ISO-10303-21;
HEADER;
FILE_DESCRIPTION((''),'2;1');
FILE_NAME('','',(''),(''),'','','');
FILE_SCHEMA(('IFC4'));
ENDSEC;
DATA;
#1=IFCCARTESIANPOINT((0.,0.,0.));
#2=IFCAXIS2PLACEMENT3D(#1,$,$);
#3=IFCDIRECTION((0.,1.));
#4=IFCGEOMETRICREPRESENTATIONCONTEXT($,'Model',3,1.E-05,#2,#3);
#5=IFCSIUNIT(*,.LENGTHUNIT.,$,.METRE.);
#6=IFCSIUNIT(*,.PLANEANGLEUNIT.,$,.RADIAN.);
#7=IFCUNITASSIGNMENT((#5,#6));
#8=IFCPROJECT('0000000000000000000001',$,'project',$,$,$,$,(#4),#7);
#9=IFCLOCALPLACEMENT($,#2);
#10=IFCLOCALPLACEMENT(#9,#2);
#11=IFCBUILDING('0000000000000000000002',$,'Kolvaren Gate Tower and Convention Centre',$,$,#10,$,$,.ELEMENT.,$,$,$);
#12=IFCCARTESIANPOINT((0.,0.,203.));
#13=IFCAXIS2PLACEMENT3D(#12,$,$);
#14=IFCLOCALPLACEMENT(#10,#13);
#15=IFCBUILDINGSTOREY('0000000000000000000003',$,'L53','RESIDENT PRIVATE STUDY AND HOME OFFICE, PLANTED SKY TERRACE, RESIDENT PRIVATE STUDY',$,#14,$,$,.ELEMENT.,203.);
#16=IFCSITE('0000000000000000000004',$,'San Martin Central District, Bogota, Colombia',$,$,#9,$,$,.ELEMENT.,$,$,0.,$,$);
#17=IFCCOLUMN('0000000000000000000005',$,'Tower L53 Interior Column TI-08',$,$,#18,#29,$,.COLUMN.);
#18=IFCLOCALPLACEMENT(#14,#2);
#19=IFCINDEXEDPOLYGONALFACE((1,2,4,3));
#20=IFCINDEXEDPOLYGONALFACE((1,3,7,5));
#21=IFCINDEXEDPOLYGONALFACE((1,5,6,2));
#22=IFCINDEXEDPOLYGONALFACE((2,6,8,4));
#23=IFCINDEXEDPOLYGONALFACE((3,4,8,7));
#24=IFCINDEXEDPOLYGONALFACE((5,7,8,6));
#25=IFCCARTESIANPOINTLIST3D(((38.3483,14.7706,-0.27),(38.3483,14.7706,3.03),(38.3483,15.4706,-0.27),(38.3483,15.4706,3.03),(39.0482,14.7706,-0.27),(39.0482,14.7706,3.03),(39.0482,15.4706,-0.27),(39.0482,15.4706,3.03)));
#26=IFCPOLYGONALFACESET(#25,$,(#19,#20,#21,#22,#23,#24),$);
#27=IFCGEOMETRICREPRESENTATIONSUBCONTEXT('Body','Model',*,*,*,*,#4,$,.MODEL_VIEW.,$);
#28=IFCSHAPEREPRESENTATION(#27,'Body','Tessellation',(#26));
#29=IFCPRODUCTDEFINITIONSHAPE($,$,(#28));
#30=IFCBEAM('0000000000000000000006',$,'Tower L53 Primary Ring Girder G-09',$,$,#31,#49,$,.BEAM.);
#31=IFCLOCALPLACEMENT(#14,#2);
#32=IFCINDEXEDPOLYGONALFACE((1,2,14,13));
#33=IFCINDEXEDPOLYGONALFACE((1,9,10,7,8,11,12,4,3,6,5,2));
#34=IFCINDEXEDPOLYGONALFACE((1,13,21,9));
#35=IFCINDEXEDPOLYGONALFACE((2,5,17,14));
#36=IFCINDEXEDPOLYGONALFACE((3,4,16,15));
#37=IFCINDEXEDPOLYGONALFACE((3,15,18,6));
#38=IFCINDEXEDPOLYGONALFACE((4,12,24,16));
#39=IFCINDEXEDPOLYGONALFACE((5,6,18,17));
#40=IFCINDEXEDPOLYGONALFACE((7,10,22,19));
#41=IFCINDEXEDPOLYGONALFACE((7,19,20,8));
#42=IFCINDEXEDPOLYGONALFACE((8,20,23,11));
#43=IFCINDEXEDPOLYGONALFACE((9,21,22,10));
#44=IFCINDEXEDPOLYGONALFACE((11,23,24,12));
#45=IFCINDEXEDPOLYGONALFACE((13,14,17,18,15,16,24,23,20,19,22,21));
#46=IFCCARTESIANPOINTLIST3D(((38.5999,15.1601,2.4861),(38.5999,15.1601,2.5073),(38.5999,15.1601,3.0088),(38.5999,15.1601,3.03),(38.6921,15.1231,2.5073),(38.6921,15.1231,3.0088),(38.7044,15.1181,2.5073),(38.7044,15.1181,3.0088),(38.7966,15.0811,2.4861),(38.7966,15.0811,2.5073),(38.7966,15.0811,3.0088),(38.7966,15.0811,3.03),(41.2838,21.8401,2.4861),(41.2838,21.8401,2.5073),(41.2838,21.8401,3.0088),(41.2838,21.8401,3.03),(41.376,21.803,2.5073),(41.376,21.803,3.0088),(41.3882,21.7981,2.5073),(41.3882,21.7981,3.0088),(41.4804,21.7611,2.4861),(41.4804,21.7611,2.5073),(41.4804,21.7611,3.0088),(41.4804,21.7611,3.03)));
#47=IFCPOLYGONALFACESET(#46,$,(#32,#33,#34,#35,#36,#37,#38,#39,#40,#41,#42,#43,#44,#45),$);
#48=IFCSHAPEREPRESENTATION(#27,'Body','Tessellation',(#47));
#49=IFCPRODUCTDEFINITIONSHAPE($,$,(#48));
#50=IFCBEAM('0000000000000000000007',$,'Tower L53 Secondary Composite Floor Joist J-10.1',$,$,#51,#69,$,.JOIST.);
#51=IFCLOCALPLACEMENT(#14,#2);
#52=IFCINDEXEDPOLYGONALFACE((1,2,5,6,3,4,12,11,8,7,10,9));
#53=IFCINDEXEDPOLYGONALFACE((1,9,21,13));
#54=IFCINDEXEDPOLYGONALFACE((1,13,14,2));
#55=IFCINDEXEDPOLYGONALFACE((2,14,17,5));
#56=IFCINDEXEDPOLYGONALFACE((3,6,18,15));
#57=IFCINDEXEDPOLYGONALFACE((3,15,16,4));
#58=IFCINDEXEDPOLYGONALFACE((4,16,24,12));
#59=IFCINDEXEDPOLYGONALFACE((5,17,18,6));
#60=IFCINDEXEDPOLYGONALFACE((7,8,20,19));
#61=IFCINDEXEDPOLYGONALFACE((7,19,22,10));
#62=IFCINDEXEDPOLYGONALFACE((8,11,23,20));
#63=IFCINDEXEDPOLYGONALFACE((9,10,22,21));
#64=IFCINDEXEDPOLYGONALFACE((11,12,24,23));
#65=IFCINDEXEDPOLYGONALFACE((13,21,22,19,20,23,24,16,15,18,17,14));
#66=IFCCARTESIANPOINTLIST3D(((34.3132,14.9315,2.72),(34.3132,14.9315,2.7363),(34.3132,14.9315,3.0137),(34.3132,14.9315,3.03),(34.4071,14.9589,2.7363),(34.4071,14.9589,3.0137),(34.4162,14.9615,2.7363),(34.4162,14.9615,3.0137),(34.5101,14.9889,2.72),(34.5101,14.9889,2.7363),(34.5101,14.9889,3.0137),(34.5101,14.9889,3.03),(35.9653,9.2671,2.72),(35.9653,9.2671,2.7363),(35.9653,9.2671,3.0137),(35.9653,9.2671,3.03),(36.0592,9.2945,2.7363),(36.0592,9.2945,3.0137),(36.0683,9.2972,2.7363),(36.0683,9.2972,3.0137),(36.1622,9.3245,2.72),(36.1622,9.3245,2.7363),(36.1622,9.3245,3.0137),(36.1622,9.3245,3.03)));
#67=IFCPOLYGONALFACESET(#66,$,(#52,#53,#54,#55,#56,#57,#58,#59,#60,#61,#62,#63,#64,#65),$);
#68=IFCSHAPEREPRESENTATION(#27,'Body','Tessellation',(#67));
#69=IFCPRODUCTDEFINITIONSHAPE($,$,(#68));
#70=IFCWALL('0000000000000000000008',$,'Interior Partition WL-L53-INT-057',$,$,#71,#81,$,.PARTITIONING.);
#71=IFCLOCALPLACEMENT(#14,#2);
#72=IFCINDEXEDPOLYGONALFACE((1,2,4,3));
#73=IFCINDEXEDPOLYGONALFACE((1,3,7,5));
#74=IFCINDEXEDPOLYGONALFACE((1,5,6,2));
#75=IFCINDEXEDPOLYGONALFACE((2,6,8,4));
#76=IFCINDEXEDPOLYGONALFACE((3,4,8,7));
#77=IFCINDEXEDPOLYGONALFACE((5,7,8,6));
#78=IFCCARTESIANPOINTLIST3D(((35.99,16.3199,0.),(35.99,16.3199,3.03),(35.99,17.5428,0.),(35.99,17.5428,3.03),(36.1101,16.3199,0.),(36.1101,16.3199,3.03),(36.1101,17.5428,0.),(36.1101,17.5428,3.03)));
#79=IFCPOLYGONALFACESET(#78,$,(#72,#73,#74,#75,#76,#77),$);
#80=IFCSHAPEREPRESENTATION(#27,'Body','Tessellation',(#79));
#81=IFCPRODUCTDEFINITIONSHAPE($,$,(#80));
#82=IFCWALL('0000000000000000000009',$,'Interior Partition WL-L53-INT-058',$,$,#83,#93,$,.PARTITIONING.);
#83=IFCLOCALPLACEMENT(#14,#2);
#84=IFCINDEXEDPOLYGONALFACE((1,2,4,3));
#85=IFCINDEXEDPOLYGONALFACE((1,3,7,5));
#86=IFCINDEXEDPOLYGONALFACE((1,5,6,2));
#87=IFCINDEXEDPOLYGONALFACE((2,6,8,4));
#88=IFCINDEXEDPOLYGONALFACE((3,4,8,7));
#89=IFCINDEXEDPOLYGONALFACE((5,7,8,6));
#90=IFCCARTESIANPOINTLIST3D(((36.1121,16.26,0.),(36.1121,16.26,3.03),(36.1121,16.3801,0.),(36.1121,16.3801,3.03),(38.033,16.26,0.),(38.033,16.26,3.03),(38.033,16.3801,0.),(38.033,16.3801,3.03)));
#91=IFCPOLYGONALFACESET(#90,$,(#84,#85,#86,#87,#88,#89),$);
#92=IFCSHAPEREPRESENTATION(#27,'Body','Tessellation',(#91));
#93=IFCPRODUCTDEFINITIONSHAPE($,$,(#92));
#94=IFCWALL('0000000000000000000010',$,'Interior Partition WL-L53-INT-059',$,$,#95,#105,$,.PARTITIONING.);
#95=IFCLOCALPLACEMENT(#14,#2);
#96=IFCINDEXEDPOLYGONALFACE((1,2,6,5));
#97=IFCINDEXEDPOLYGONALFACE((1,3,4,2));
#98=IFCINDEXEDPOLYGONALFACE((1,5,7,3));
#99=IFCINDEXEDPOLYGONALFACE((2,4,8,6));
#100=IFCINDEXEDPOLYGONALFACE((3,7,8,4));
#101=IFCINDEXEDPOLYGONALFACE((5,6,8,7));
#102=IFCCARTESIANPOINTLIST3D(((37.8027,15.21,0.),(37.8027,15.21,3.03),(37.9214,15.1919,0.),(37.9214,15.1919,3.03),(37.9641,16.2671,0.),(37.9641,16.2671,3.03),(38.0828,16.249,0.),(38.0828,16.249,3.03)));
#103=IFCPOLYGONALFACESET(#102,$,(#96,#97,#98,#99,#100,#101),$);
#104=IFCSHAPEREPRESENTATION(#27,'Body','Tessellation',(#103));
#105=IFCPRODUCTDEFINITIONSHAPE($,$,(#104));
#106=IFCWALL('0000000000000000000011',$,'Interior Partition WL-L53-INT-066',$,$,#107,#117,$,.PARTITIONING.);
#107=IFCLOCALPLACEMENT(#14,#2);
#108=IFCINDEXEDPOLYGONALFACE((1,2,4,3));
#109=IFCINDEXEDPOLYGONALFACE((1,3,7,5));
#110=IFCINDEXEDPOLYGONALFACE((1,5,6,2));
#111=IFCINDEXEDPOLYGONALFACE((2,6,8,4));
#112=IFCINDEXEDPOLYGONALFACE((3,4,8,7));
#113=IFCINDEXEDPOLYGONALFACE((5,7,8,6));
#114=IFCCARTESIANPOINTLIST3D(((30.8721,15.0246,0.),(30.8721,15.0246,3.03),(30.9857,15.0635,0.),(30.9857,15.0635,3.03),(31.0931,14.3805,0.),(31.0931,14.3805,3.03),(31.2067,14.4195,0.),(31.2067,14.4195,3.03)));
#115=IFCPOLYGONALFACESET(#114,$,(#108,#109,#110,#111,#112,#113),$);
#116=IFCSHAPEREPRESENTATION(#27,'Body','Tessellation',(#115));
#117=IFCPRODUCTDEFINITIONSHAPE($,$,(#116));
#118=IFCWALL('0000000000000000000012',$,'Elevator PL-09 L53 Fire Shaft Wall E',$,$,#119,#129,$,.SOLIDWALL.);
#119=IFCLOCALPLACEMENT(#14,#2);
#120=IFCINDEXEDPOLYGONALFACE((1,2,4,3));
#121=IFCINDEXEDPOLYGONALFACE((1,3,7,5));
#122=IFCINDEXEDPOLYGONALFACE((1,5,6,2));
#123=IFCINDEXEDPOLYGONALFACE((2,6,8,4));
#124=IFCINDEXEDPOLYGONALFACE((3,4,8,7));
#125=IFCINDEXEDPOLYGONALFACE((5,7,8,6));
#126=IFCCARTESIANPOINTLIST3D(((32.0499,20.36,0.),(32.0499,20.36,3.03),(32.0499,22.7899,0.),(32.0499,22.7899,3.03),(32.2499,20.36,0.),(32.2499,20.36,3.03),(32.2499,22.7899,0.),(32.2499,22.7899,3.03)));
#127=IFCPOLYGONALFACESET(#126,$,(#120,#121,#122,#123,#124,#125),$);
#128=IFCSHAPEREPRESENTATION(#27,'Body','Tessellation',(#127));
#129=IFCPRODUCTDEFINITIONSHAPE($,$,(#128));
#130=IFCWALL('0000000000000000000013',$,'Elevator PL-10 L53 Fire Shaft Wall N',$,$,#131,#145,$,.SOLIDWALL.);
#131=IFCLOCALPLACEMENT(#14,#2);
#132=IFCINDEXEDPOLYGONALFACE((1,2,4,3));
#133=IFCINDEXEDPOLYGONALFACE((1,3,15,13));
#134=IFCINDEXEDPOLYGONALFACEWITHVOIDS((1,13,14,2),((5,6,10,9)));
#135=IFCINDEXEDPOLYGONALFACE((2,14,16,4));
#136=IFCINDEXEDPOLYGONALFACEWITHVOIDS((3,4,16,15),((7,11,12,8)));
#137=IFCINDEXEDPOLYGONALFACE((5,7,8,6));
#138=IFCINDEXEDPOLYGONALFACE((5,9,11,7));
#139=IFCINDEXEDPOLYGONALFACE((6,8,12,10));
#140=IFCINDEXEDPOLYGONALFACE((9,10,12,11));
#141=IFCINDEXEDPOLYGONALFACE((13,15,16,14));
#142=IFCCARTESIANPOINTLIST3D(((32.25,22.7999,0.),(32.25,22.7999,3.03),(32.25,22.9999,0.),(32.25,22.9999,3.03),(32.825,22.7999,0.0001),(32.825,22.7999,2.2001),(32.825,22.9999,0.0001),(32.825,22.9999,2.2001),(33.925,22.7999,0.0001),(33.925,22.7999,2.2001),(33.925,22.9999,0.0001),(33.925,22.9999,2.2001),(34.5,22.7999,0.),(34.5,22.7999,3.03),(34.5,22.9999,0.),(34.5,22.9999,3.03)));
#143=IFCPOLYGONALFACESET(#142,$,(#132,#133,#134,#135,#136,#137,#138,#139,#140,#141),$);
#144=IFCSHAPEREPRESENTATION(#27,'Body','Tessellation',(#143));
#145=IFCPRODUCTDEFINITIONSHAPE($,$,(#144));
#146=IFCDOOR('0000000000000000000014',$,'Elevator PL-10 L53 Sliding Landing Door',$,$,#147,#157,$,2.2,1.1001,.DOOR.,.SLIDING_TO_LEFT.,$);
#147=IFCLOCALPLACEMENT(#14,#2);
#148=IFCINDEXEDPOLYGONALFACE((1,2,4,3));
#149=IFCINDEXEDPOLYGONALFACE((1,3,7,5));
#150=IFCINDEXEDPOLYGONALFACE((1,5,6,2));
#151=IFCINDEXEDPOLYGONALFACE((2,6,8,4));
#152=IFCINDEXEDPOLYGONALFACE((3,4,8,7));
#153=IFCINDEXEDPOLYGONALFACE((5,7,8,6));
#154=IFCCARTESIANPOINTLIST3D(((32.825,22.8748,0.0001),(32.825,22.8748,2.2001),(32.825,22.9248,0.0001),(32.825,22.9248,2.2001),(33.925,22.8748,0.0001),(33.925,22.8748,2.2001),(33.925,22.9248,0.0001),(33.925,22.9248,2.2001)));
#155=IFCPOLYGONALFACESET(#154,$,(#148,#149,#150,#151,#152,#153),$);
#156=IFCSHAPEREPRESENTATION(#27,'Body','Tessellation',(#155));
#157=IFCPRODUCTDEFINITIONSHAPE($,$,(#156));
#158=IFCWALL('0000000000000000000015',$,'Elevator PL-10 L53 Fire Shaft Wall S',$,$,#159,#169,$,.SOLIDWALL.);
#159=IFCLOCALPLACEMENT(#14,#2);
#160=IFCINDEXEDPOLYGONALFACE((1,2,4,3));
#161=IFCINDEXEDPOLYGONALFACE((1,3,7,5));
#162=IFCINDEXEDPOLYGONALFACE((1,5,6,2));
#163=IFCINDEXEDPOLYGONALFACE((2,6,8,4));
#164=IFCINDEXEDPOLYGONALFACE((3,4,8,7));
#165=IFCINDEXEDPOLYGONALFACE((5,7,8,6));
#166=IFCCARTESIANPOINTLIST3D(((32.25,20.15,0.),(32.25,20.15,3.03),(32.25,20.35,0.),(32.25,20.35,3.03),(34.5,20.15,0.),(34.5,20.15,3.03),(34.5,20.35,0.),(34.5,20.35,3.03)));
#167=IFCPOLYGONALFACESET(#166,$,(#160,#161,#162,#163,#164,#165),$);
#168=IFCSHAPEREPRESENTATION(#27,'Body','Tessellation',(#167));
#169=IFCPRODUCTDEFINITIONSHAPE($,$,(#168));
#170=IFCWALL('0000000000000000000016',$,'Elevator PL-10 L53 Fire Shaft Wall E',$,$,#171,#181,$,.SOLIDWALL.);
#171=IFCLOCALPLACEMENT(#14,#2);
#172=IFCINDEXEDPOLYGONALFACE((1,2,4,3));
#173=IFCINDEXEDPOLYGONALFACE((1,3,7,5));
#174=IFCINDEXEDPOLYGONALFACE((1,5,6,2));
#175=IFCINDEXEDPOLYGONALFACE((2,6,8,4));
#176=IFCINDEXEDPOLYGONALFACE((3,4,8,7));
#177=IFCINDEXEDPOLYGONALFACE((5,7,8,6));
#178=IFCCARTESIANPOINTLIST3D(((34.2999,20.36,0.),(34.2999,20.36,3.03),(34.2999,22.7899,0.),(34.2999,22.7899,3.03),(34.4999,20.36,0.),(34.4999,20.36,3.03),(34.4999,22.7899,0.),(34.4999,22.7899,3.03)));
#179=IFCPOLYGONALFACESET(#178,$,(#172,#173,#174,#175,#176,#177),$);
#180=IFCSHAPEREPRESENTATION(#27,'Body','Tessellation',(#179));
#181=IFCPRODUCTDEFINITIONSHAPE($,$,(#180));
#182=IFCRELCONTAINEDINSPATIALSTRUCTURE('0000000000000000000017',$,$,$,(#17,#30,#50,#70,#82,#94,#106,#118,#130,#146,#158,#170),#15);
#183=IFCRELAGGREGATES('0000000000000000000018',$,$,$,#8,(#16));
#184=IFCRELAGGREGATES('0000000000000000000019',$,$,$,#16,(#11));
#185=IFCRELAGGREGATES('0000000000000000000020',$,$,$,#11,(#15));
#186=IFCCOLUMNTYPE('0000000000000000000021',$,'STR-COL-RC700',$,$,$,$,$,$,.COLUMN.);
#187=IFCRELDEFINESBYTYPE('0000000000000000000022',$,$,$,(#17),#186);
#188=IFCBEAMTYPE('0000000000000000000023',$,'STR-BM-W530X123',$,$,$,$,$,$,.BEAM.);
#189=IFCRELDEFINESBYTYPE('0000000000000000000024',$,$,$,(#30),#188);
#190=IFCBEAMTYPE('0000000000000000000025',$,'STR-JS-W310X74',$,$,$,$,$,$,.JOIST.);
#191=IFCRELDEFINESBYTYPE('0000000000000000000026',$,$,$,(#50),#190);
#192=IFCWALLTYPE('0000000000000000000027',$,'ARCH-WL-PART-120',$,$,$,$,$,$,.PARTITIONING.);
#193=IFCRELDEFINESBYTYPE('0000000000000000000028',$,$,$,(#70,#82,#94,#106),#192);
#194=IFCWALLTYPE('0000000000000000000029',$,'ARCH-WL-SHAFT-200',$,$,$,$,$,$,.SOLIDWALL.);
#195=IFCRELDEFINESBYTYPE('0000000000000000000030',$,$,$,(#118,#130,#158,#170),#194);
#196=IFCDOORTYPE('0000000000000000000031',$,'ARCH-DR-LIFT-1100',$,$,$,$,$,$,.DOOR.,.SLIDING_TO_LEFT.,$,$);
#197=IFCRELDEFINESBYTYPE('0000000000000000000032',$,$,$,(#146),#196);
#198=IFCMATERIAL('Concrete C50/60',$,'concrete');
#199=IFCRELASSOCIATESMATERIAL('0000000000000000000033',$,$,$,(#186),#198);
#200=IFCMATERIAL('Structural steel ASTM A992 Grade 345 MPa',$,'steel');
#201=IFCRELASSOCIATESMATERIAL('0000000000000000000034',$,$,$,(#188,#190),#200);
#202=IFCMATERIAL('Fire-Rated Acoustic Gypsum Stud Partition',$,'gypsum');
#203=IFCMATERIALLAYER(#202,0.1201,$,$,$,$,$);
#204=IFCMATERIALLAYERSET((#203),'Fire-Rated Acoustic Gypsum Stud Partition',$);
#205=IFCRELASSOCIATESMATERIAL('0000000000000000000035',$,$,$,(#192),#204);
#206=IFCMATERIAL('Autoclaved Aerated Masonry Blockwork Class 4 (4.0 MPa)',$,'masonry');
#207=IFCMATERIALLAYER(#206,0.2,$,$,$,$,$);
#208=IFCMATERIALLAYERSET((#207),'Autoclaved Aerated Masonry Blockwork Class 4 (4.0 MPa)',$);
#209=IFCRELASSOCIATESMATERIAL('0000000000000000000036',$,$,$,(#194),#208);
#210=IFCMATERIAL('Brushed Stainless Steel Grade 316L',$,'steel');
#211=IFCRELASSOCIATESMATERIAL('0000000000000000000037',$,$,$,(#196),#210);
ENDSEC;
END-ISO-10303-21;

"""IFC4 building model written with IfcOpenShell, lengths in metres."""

from ifc_helpers import new_model, si_unit, direction, frame, frame_2d, origin, origin_2d, place, context, subcontext, project, spatial, rectangle, i_section, extrude, material, layer, layer_set, material_profile, profile_set, type_object, element, fill, save


model = new_model("IFC4")

# Units and contexts
model_context = context("Model", 3, precision=1e-05, world=origin(), true_north=direction((0.0, 1.0)))
body_context = subcontext(model_context, "Body", "Model", "MODEL_VIEW")
ifc_project = project(units=[si_unit("LENGTHUNIT", "METRE"), si_unit("PLANEANGLEUNIT", "RADIAN")], contexts=[model_context])

# Site, building, storey
site_placement = place(None, origin())
site = spatial("IfcSite", under=ifc_project, at=site_placement, Name="San Martin Central District, Bogota, Colombia", CompositionType="ELEMENT", RefElevation=0.0)
building_placement = place(site_placement, origin())
building = spatial("IfcBuilding", under=site, at=building_placement, Name="Kolvaren Gate Tower and Convention Centre", CompositionType="ELEMENT")
storey_placement = place(building_placement, frame((0.0, 0.0, 203.0)))
storey = spatial("IfcBuildingStorey", under=building, at=storey_placement, Name="L53", Description="RESIDENT PRIVATE STUDY AND HOME OFFICE, PLANTED SKY TERRACE, RESIDENT PRIVATE STUDY", CompositionType="ELEMENT", Elevation=203.0)

# Column
ifc_material_1 = material(Name="Concrete C50/60", Category="concrete")
ifc_material_profile_1 = material_profile(ifc_material_1, rectangle(XDim=0.7, YDim=0.7, at=origin_2d()), Name="RC-COL-700X700")
ifc_profile_set_1 = profile_set([ifc_material_profile_1], Name="Concrete C50/60")
column_type = type_object("IfcColumnType", Name="STR-COL-RC700", PredefinedType="COLUMN", material=ifc_profile_set_1)
column_placement = place(storey_placement, frame((38.6982, 15.1206, -0.27), z_axis=(0.0, 0.0, 1.0), x_axis=(1.0, 0.0, 0.0)))
element("IfcColumn", 1, at=column_placement, inside=storey, type_object=column_type, Name="Tower L53 Interior Column TI-08", PredefinedType="COLUMN", context=body_context, shape_type="SweptSolid", body=[
    extrude(rectangle(XDim=0.7, YDim=0.7, at=origin_2d()), origin(), (0.0, 0.0, 1.0), 3.3),
])

# Beams
ifc_material_2 = material(Name="Structural steel ASTM A992 Grade 345 MPa", Category="steel")
ifc_material_profile_2 = material_profile(ifc_material_2, i_section(OverallWidth=0.2119, OverallDepth=0.5439, WebThickness=0.0132, FlangeThickness=0.0212, at=origin_2d()), Name="W530X123")
ifc_profile_set_2 = profile_set([ifc_material_profile_2], Name="Structural steel ASTM A992 Grade 345 MPa")
beam_type_1 = type_object("IfcBeamType", Name="STR-BM-W530X123", PredefinedType="BEAM", material=ifc_profile_set_2)
beam_1_placement = place(storey_placement, frame((38.6982, 15.1206, 2.7581), z_axis=(0.372811, 0.927907, 0.0), x_axis=(-0.927907, 0.372811, 0.0)))
element("IfcBeam", 2, at=beam_1_placement, inside=storey, type_object=beam_type_1, Name="Tower L53 Primary Ring Girder G-09", PredefinedType="BEAM", context=body_context, shape_type="SweptSolid", body=[
    extrude(i_section(OverallWidth=0.2119, OverallDepth=0.5439, WebThickness=0.0132, FlangeThickness=0.0212, at=origin_2d()), origin(), (0.0, 0.0, 1.0), 7.199),
])
ifc_material_profile_3 = material_profile(ifc_material_2, i_section(OverallWidth=0.2051, OverallDepth=0.3101, WebThickness=0.0095, FlangeThickness=0.0164, at=origin_2d()), Name="W310X74")
ifc_profile_set_3 = profile_set([ifc_material_profile_3], Name="Structural steel ASTM A992 Grade 345 MPa")
beam_type_2 = type_object("IfcBeamType", Name="STR-JS-W310X74", PredefinedType="JOIST", material=ifc_profile_set_3)
beam_2_placement = place(storey_placement, frame((34.4116, 14.9602, 2.875), z_axis=(0.280002, -0.96, 0.0), x_axis=(0.96, 0.280002, 0.0)))
element("IfcBeam", 3, at=beam_2_placement, inside=storey, type_object=beam_type_2, Name="Tower L53 Secondary Composite Floor Joist J-10.1", PredefinedType="JOIST", context=body_context, shape_type="SweptSolid", body=[
    extrude(i_section(OverallWidth=0.2051, OverallDepth=0.3101, WebThickness=0.0095, FlangeThickness=0.0164, at=origin_2d()), origin(), (0.0, 0.0, 1.0), 5.9004),
])

# Walls
ifc_material_3 = material(Name="Fire-Rated Acoustic Gypsum Stud Partition", Category="gypsum")
ifc_layer_1 = layer(ifc_material_3, 0.1201)
ifc_layer_set_1 = layer_set([ifc_layer_1], Name="Fire-Rated Acoustic Gypsum Stud Partition")
wall_type_1 = type_object("IfcWallType", Name="ARCH-WL-PART-120", PredefinedType="PARTITIONING", material=ifc_layer_set_1)
wall_1_placement = place(storey_placement, frame((36.05, 16.3201, 0.0), z_axis=(0.0, 0.0, 1.0), x_axis=(0.0, 1.0, 0.0)))
element("IfcWall", 4, at=wall_1_placement, inside=storey, type_object=wall_type_1, Name="Interior Partition WL-L53-INT-057", PredefinedType="PARTITIONING", context=body_context, shape_type="SweptSolid", body=[
    extrude(rectangle(XDim=1.2229, YDim=0.1201, at=frame_2d((0.6113, 0.0))), origin(), (0.0, 0.0, 1.0), 3.03),
])
wall_2_placement = place(storey_placement, frame((36.1121, 16.3201, 0.0), z_axis=(0.0, 0.0, 1.0), x_axis=(1.0, 0.0, 0.0)))
element("IfcWall", 5, at=wall_2_placement, inside=storey, type_object=wall_type_1, Name="Interior Partition WL-L53-INT-058", PredefinedType="PARTITIONING", context=body_context, shape_type="SweptSolid", body=[
    extrude(rectangle(XDim=1.9209, YDim=0.1201, at=frame_2d((0.9604, 0.0))), origin(), (0.0, 0.0, 1.0), 3.03),
])
wall_3_placement = place(storey_placement, frame((37.8621, 15.2009, 0.0), z_axis=(0.0, 0.0, 1.0), x_axis=(0.150908, 0.988548, 0.0)))
element("IfcWall", 6, at=wall_3_placement, inside=storey, type_object=wall_type_1, Name="Interior Partition WL-L53-INT-059", PredefinedType="PARTITIONING", context=body_context, shape_type="SweptSolid", body=[
    extrude(rectangle(XDim=1.0693, YDim=0.1201, at=frame_2d((0.5347, 0.0))), origin(), (0.0, 0.0, 1.0), 3.03),
])
wall_4_placement = place(storey_placement, frame((30.929, 15.0439, 0.0), z_axis=(0.0, 0.0, 1.0), x_axis=(0.324498, -0.945886, 0.0)))
element("IfcWall", 7, at=wall_4_placement, inside=storey, type_object=wall_type_1, Name="Interior Partition WL-L53-INT-066", PredefinedType="PARTITIONING", context=body_context, shape_type="SweptSolid", body=[
    extrude(rectangle(XDim=0.6809, YDim=0.1201, at=frame_2d((0.3403, 0.0))), origin(), (0.0, 0.0, 1.0), 3.03),
])
ifc_material_4 = material(Name="Autoclaved Aerated Masonry Blockwork Class 4 (4.0 MPa)", Category="masonry")
ifc_layer_2 = layer(ifc_material_4, 0.2)
ifc_layer_set_2 = layer_set([ifc_layer_2], Name="Autoclaved Aerated Masonry Blockwork Class 4 (4.0 MPa)")
wall_type_2 = type_object("IfcWallType", Name="ARCH-WL-SHAFT-200", PredefinedType="SOLIDWALL", material=ifc_layer_set_2)
wall_5_placement = place(storey_placement, frame((32.1499, 20.3601, 0.0), z_axis=(0.0, 0.0, 1.0), x_axis=(0.0, 1.0, 0.0)))
element("IfcWall", 8, at=wall_5_placement, inside=storey, type_object=wall_type_2, Name="Elevator PL-09 L53 Fire Shaft Wall E", PredefinedType="SOLIDWALL", context=body_context, shape_type="SweptSolid", body=[
    extrude(rectangle(XDim=2.4299, YDim=0.2, at=frame_2d((1.2148, 0.0))), origin(), (0.0, 0.0, 1.0), 3.03),
])

# Wall, opening, door
wall_6_placement = place(storey_placement, frame((32.25, 22.8999, 0.0), z_axis=(0.0, 0.0, 1.0), x_axis=(1.0, 0.0, 0.0)))
wall_6 = element("IfcWall", 9, at=wall_6_placement, inside=storey, type_object=wall_type_2, Name="Elevator PL-10 L53 Fire Shaft Wall N", PredefinedType="SOLIDWALL", context=body_context, shape_type="SweptSolid", body=[
    extrude(rectangle(XDim=2.25, YDim=0.2, at=frame_2d((1.125, 0.0))), origin(), (0.0, 0.0, 1.0), 3.03),
])
opening_1_placement = place(wall_6_placement, frame((0.575, 0.0, 0.0)))
opening_1 = element("IfcOpeningElement", 10, at=opening_1_placement, cuts=wall_6, PredefinedType="OPENING", context=body_context, shape_type="SweptSolid", body=[
    extrude(rectangle(XDim=1.1001, YDim=2.2, at=frame_2d((0.55, 1.1001))), frame((0.0, 0.1099, 0.0), z_axis=(0.0, -1.0, 0.0), x_axis=(1.0, 0.0, 0.0)), (0.0, 0.0, 1.0), 0.22),
])
ifc_material_5 = material(Name="Brushed Stainless Steel Grade 316L", Category="steel")
door_type_1 = type_object("IfcDoorType", Name="ARCH-DR-LIFT-1100", OperationType="SLIDING_TO_LEFT", PredefinedType="DOOR", material=ifc_material_5)
door_1_placement = place(opening_1_placement, origin())
door_1 = element("IfcDoor", 11, at=door_1_placement, inside=storey, type_object=door_type_1, Name="Elevator PL-10 L53 Sliding Landing Door", OperationType="SLIDING_TO_LEFT", OverallHeight=2.2, OverallWidth=1.1001, PredefinedType="DOOR", context=body_context, shape_type="SweptSolid", body=[
    extrude(rectangle(XDim=1.1001, YDim=2.2, at=frame_2d((0.55, 1.1001))), frame((0.0, 0.0249, 0.0), z_axis=(0.0, -1.0, 0.0), x_axis=(1.0, 0.0, 0.0)), (0.0, 0.0, 1.0), 0.05),
])
fill(opening_1, door_1)

# Walls
wall_7_placement = place(storey_placement, frame((32.25, 20.25, 0.0), z_axis=(0.0, 0.0, 1.0), x_axis=(1.0, 0.0, 0.0)))
element("IfcWall", 12, at=wall_7_placement, inside=storey, type_object=wall_type_2, Name="Elevator PL-10 L53 Fire Shaft Wall S", PredefinedType="SOLIDWALL", context=body_context, shape_type="SweptSolid", body=[
    extrude(rectangle(XDim=2.25, YDim=0.2, at=frame_2d((1.125, 0.0))), origin(), (0.0, 0.0, 1.0), 3.03),
])
wall_8_placement = place(storey_placement, frame((34.3999, 20.3601, 0.0), z_axis=(0.0, 0.0, 1.0), x_axis=(0.0, 1.0, 0.0)))
element("IfcWall", 13, at=wall_8_placement, inside=storey, type_object=wall_type_2, Name="Elevator PL-10 L53 Fire Shaft Wall E", PredefinedType="SOLIDWALL", context=body_context, shape_type="SweptSolid", body=[
    extrude(rectangle(XDim=2.4299, YDim=0.2, at=frame_2d((1.2148, 0.0))), origin(), (0.0, 0.0, 1.0), 3.03),
])

save(model, "model.ifc")
